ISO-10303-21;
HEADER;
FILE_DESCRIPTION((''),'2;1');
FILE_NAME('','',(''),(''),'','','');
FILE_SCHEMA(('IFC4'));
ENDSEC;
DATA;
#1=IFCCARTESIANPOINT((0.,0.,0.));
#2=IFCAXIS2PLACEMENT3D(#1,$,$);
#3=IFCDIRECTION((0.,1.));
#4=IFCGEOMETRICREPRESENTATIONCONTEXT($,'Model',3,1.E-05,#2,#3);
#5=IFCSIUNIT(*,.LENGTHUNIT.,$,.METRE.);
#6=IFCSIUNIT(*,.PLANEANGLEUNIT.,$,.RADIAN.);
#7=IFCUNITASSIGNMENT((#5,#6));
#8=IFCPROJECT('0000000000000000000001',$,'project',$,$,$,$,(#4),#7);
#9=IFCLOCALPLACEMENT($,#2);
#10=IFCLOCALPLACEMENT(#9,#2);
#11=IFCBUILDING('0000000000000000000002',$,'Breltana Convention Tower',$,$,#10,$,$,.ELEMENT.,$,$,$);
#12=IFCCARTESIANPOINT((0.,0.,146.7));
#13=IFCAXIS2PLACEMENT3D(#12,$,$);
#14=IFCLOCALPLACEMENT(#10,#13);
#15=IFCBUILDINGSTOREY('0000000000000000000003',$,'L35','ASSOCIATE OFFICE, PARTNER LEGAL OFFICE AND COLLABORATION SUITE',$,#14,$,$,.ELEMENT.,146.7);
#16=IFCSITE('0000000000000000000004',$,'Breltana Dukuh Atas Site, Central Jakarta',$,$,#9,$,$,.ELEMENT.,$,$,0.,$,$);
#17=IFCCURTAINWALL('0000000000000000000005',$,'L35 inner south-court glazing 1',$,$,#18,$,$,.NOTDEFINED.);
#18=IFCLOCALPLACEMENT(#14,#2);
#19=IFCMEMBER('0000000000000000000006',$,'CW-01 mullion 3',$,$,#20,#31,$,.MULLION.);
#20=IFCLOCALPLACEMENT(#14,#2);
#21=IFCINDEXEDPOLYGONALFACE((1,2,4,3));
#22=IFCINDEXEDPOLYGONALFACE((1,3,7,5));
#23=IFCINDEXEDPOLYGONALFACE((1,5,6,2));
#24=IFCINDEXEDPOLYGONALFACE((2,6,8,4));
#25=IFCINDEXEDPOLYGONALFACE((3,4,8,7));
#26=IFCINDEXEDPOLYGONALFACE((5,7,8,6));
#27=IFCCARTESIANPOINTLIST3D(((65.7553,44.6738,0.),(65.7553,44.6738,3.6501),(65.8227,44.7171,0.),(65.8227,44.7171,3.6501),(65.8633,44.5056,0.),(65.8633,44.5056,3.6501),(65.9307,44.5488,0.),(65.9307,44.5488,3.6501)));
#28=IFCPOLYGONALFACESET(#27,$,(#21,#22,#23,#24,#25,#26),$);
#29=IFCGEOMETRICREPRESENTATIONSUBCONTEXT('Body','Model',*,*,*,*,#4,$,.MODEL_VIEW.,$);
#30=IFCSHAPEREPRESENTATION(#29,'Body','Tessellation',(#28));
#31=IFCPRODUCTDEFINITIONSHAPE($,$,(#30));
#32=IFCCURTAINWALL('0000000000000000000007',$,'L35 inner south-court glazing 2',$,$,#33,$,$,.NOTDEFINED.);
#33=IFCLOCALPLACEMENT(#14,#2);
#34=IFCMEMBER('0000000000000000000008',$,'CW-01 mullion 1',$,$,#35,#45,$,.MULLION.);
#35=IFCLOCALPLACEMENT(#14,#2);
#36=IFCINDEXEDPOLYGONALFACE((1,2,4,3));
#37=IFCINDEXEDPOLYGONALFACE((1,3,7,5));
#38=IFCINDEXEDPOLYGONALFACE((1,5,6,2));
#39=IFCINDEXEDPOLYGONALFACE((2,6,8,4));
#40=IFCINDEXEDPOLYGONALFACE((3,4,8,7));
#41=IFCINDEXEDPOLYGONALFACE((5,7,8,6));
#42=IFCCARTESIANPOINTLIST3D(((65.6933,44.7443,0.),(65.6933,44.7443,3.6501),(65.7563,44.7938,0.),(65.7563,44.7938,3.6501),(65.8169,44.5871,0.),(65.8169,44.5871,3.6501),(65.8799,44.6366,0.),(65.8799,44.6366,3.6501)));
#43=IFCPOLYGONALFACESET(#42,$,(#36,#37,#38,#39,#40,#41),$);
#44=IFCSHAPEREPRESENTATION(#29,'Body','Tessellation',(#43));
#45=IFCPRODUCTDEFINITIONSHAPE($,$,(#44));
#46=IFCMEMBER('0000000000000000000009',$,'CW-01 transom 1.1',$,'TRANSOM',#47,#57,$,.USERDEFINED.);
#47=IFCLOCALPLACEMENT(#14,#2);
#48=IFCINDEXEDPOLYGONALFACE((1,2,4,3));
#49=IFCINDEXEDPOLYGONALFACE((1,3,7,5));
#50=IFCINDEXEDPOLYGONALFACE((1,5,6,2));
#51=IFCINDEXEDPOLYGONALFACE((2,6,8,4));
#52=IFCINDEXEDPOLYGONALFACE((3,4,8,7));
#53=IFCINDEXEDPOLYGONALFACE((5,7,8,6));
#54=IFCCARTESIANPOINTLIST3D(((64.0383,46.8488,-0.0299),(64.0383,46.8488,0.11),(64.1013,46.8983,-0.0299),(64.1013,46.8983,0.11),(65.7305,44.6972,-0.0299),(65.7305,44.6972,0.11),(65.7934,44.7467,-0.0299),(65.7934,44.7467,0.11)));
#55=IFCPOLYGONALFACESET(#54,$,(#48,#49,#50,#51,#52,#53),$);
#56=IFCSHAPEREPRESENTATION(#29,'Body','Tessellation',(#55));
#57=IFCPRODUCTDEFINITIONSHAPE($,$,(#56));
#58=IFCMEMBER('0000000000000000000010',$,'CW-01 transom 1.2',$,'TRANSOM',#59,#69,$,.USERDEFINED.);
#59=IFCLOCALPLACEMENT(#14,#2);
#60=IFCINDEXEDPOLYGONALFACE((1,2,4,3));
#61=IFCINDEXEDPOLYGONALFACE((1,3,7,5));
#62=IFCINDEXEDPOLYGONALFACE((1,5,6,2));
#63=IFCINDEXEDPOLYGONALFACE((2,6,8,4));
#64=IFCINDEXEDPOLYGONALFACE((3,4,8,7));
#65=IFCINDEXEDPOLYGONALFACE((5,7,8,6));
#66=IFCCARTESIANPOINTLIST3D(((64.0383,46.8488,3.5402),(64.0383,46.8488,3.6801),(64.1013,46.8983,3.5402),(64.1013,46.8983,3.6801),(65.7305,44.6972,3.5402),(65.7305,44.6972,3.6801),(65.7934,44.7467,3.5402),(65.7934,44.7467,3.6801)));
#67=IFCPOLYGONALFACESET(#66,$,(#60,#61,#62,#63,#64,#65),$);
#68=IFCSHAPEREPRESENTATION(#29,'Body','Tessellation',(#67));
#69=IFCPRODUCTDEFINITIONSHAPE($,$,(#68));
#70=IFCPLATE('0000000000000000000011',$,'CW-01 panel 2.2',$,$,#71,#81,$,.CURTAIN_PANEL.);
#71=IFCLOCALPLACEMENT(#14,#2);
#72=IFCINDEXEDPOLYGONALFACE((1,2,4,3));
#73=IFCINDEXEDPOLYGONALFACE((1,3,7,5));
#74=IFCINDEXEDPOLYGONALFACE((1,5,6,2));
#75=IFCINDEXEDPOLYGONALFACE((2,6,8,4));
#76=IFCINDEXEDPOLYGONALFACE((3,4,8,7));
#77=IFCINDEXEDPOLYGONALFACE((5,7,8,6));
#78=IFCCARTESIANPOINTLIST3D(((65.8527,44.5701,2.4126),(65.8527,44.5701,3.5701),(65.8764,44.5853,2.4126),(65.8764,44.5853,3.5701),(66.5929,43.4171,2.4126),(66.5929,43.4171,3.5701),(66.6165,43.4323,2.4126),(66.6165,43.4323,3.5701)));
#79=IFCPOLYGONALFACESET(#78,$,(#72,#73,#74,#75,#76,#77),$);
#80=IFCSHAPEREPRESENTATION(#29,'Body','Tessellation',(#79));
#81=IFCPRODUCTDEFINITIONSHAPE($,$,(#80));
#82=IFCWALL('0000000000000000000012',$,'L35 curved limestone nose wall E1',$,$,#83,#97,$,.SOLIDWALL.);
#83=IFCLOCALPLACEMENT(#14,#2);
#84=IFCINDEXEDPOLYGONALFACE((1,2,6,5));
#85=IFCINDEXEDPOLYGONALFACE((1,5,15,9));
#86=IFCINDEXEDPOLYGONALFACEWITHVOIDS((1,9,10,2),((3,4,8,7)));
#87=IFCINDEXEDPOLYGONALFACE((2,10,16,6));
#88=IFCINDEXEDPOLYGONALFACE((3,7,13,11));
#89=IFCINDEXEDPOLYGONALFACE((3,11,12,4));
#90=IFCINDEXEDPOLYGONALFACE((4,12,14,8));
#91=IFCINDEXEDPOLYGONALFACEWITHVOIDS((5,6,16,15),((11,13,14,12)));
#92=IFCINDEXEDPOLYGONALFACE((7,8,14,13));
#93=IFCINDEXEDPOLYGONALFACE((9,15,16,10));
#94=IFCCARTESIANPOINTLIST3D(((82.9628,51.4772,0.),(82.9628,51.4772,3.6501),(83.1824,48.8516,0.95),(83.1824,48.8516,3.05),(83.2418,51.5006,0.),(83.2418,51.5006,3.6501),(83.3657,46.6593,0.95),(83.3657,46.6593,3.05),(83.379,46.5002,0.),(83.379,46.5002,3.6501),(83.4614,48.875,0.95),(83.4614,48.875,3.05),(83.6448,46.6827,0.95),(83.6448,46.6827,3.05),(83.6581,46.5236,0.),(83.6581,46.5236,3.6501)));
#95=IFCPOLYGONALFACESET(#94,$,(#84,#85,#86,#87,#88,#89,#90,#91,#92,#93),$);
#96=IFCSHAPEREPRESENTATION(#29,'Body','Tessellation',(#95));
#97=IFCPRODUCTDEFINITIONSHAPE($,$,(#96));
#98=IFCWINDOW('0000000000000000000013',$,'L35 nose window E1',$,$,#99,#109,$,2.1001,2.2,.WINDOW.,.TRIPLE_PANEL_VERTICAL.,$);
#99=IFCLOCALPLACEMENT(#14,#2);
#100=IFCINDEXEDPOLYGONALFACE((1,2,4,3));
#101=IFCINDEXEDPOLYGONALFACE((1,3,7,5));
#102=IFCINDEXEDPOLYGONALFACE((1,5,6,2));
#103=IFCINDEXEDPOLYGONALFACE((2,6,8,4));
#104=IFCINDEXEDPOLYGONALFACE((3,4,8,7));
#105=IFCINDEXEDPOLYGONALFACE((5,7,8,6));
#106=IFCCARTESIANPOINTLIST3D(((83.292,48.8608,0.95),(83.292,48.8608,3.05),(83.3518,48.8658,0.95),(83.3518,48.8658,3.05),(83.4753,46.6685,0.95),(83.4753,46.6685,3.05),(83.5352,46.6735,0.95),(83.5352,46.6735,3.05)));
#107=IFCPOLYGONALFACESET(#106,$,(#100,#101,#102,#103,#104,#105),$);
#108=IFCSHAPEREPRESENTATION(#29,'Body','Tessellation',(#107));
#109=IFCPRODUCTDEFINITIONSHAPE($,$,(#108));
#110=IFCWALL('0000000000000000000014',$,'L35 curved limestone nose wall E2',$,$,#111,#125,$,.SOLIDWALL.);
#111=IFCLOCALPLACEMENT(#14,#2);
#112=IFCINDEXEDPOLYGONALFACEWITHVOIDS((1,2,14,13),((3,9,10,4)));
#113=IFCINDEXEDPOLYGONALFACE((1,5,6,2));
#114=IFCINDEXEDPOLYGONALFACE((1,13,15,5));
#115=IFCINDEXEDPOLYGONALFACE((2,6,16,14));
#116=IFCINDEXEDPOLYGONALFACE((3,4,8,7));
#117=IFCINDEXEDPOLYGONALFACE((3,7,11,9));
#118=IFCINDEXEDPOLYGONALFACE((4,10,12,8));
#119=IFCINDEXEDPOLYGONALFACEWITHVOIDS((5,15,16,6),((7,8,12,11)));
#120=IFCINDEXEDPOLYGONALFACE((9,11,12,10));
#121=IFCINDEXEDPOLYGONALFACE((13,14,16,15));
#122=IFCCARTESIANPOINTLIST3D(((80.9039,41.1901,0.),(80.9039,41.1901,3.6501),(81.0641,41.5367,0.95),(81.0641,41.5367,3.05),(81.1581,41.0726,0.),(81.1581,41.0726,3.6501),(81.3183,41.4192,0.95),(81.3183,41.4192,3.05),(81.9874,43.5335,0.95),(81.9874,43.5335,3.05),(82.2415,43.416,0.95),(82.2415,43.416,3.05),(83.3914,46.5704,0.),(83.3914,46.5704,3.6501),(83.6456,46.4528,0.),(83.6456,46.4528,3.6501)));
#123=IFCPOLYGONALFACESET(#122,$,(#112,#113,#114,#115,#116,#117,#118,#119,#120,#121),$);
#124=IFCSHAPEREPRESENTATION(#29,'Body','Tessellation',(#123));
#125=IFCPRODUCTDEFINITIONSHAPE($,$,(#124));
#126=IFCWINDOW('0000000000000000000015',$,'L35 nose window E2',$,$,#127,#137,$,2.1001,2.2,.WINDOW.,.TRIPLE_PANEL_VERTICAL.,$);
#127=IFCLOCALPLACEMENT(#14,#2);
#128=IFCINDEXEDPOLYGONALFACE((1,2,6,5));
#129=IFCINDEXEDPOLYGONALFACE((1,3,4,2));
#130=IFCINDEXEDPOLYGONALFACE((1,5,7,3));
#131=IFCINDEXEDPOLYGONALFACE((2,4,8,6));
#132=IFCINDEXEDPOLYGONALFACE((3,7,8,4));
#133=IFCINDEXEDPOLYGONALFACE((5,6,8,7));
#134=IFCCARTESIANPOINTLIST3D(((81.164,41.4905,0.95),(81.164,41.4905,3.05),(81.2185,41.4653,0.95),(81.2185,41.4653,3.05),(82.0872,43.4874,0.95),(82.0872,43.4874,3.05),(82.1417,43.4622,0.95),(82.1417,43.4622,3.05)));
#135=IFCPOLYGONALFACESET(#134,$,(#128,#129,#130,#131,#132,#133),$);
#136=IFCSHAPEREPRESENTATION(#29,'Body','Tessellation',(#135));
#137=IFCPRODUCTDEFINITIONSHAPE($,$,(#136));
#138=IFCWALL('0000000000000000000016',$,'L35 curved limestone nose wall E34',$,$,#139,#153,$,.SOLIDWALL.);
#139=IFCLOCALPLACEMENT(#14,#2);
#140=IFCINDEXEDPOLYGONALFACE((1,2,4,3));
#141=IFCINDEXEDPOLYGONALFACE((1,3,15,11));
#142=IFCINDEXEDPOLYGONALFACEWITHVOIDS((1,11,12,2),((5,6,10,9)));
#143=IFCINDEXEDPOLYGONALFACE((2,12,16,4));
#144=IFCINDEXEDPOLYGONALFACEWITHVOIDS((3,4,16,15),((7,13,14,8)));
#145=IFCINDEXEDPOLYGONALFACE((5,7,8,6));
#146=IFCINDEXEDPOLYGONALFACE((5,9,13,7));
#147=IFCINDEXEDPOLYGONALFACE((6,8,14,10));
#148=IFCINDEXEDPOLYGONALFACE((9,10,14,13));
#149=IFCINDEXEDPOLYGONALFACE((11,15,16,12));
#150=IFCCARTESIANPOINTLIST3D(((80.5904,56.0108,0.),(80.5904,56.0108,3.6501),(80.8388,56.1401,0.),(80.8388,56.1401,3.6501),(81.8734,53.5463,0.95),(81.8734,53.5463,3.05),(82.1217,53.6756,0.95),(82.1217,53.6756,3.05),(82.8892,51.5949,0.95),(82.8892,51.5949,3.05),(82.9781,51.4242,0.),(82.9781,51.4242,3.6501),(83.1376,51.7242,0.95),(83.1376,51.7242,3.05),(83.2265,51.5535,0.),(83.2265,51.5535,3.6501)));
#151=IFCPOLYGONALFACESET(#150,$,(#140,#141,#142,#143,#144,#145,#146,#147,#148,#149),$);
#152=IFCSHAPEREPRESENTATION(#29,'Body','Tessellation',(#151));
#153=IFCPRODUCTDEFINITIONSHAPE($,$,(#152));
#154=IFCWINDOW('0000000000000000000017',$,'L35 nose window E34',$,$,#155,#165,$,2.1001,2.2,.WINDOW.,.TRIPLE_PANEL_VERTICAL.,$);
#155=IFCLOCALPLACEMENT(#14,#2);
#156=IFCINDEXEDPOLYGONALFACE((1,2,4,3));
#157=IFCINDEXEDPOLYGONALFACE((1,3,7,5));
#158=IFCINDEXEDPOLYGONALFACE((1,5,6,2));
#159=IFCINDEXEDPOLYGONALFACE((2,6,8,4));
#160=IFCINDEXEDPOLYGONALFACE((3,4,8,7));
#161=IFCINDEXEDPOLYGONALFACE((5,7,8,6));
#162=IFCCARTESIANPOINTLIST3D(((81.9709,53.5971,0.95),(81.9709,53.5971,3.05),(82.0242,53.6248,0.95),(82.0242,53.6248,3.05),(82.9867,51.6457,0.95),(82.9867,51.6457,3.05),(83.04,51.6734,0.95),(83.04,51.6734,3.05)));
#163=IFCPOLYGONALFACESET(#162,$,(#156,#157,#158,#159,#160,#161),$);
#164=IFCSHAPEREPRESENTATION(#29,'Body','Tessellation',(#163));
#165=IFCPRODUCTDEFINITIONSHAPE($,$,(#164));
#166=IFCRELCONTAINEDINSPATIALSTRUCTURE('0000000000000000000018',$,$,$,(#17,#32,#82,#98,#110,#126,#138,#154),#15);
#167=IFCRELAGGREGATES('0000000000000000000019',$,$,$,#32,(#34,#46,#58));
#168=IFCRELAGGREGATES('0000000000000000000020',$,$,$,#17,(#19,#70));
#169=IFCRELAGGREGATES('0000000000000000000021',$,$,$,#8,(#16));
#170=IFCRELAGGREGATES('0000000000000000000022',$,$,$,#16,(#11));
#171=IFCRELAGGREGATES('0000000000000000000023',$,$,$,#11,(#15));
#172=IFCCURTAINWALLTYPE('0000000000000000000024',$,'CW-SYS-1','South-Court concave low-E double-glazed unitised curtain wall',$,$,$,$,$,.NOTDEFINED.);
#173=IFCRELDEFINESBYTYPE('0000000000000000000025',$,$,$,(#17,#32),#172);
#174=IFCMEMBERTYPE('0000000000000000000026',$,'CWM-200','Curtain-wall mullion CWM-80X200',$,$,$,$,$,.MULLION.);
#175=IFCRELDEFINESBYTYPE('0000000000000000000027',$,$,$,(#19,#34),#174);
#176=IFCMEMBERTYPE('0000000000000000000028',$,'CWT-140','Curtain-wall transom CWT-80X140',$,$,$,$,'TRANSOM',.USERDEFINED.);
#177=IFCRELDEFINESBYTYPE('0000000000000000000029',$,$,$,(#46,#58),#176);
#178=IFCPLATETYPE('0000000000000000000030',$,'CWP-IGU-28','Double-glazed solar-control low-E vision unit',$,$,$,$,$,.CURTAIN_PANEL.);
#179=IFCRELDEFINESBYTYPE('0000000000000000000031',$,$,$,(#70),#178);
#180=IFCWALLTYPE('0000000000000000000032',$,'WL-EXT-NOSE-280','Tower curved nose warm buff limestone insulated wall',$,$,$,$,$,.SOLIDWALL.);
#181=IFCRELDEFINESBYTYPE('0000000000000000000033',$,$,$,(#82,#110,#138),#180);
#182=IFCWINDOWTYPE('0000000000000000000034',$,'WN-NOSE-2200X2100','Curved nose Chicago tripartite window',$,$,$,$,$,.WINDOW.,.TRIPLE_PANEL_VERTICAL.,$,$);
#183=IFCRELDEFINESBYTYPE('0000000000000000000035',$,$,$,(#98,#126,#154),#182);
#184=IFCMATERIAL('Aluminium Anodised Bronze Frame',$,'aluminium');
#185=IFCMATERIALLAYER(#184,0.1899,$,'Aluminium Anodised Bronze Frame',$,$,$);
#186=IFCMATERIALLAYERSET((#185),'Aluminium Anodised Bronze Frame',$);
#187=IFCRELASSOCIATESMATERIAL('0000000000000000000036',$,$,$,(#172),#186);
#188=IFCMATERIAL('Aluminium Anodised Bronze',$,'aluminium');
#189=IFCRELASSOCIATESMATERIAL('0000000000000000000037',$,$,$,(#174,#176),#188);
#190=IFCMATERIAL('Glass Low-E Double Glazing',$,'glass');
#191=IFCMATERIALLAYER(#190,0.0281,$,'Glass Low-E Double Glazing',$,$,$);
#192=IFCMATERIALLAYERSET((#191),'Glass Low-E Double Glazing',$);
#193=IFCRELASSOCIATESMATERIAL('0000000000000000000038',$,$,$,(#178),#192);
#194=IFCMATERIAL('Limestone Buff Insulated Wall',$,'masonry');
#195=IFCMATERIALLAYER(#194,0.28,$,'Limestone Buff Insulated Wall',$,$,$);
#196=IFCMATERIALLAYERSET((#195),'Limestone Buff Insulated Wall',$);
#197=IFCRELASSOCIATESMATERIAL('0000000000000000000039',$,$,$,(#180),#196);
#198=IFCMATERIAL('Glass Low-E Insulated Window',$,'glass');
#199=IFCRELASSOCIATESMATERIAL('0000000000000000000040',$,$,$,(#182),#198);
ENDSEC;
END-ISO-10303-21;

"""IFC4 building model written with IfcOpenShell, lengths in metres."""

from ifc_helpers import new_model, si_unit, direction, frame, frame_2d, origin, origin_2d, place, context, subcontext, project, spatial, rectangle, extrude, source, transform, mapped, material, layer, layer_set, material_profile, profile_set, type_object, type_shapes, element, fill, aggregate, save


model = new_model("IFC4")

# Units and contexts
model_context = context("Model", 3, precision=1e-05, world=origin(), true_north=direction((0.0, 1.0)))
body_context = subcontext(model_context, "Body", "Model", "MODEL_VIEW")
ifc_project = project(units=[si_unit("LENGTHUNIT", "METRE"), si_unit("PLANEANGLEUNIT", "RADIAN")], contexts=[model_context])

# Site, building, storey
site_placement = place(None, origin())
site = spatial("IfcSite", under=ifc_project, at=site_placement, Name="Breltana Dukuh Atas Site, Central Jakarta", CompositionType="ELEMENT", RefElevation=0.0)
building_placement = place(site_placement, origin())
building = spatial("IfcBuilding", under=site, at=building_placement, Name="Breltana Convention Tower", CompositionType="ELEMENT")
storey_placement = place(building_placement, frame((0.0, 0.0, 146.7)))
storey = spatial("IfcBuildingStorey", under=building, at=storey_placement, Name="L35", Description="ASSOCIATE OFFICE, PARTNER LEGAL OFFICE AND COLLABORATION SUITE", CompositionType="ELEMENT", Elevation=146.7)

# Curtain wall, member
ifc_material_1 = material(Name="Aluminium Anodised Bronze Frame", Category="aluminium")
ifc_layer_1 = layer(ifc_material_1, 0.1899, Name="Aluminium Anodised Bronze Frame")
ifc_layer_set_1 = layer_set([ifc_layer_1], Name="Aluminium Anodised Bronze Frame")
curtain_wall_type = type_object("IfcCurtainWallType", Name="CW-SYS-1", Description="South-Court concave low-E double-glazed unitised curtain wall", PredefinedType="NOTDEFINED", material=ifc_layer_set_1)
curtain_wall_1_placement = place(storey_placement, origin())
curtain_wall_1 = element("IfcCurtainWall", 1, at=curtain_wall_1_placement, inside=storey, type_object=curtain_wall_type, Name="L35 inner south-court glazing 1", PredefinedType="NOTDEFINED")
ifc_material_2 = material(Name="Aluminium Anodised Bronze", Category="aluminium")
ifc_material_profile_1 = material_profile(ifc_material_2, rectangle(XDim=0.0801, YDim=0.2, at=origin_2d()), Name="CWM-80X200")
ifc_profile_set_1 = profile_set([ifc_material_profile_1], Name="Aluminium Anodised Bronze")
member_type_1 = type_object("IfcMemberType", Name="CWM-200", Description="Curtain-wall mullion CWM-80X200", PredefinedType="MULLION", material=ifc_profile_set_1)
shared_shape_1 = source(origin(), body_context, "Body", "SweptSolid", [
    extrude(rectangle(XDim=0.0801, YDim=0.2, at=origin_2d()), origin(), (0.0, 0.0, 1.0), 3.6501),
])
member_1_placement = place(storey_placement, frame((65.843, 44.6113, 0.0), z_axis=(0.0, 0.0, 1.0), x_axis=(-0.841547, -0.540184, 0.0)))
member_1 = element("IfcMember", 2, at=member_1_placement, type_object=member_type_1, Name="CW-01 mullion 3", PredefinedType="MULLION", context=body_context, shape_type="MappedRepresentation", body=[
    mapped(shared_shape_1, transform((0.0, 0.0, 0.0), scale=1.0)),
])

# Curtain wall, members
curtain_wall_2_placement = place(storey_placement, origin())
curtain_wall_2 = element("IfcCurtainWall", 3, at=curtain_wall_2_placement, inside=storey, type_object=curtain_wall_type, Name="L35 inner south-court glazing 2", PredefinedType="NOTDEFINED")
member_2_placement = place(storey_placement, frame((65.7866, 44.6904, 0.0), z_axis=(0.0, 0.0, 1.0), x_axis=(-0.786051, -0.618161, 0.0)))
member_2 = element("IfcMember", 4, at=member_2_placement, type_object=member_type_1, Name="CW-01 mullion 1", PredefinedType="MULLION", context=body_context, shape_type="MappedRepresentation", body=[
    mapped(shared_shape_1, transform((0.0, 0.0, 0.0), scale=1.0)),
])
ifc_material_profile_2 = material_profile(ifc_material_2, rectangle(XDim=0.0801, YDim=0.1399, at=origin_2d()), Name="CWT-80X140")
ifc_profile_set_2 = profile_set([ifc_material_profile_2], Name="Aluminium Anodised Bronze")
member_type_2 = type_object("IfcMemberType", Name="CWT-140", Description="Curtain-wall transom CWT-80X140", ElementType="TRANSOM", PredefinedType="USERDEFINED", material=ifc_profile_set_2)
shared_shape_2 = source(origin(), body_context, "Body", "SweptSolid", [
    extrude(rectangle(XDim=0.0801, YDim=0.1399, at=origin_2d()), origin(), (0.0, 0.0, 1.0), 2.7373),
])
member_3_placement = place(storey_placement, frame((65.762, 44.7219, 0.04), z_axis=(-0.61818, 0.786037, 0.0), x_axis=(-0.786037, -0.61818, 0.0)))
member_3 = element("IfcMember", 5, at=member_3_placement, type_object=member_type_2, Name="CW-01 transom 1.1", ObjectType="TRANSOM", PredefinedType="USERDEFINED", context=body_context, shape_type="MappedRepresentation", body=[
    mapped(shared_shape_2, transform((0.0, 0.0, 0.0), scale=1.0)),
])
member_4_placement = place(storey_placement, frame((65.762, 44.7219, 3.6101), z_axis=(-0.61818, 0.786037, 0.0), x_axis=(-0.786037, -0.61818, 0.0)))
member_4 = element("IfcMember", 6, at=member_4_placement, type_object=member_type_2, Name="CW-01 transom 1.2", ObjectType="TRANSOM", PredefinedType="USERDEFINED", context=body_context, shape_type="MappedRepresentation", body=[
    mapped(shared_shape_2, transform((0.0, 0.0, 0.0), scale=1.0)),
])
aggregate(curtain_wall_2, [member_2, member_3, member_4])

# Plate
ifc_material_3 = material(Name="Glass Low-E Double Glazing", Category="glass")
ifc_layer_2 = layer(ifc_material_3, 0.0281, Name="Glass Low-E Double Glazing")
ifc_layer_set_2 = layer_set([ifc_layer_2], Name="Glass Low-E Double Glazing")
plate_type = type_object("IfcPlateType", Name="CWP-IGU-28", Description="Double-glazed solar-control low-E vision unit", PredefinedType="CURTAIN_PANEL", material=ifc_layer_set_2)
shared_shape_3 = source(origin(), body_context, "Body", "SweptSolid", [
    extrude(rectangle(XDim=1.3701, YDim=0.0281, at=origin_2d()), origin(), (0.0, 0.0, 1.0), 1.1575),
])
plate_placement = place(storey_placement, frame((66.2346, 44.0012, 2.4126), z_axis=(0.0, 0.0, 1.0), x_axis=(-0.540184, 0.841547, 0.0)))
plate = element("IfcPlate", 7, at=plate_placement, type_object=plate_type, Name="CW-01 panel 2.2", PredefinedType="CURTAIN_PANEL", context=body_context, shape_type="MappedRepresentation", body=[
    mapped(shared_shape_3, transform((0.0, 0.0, 0.0), scale=1.0)),
])
aggregate(curtain_wall_1, [member_1, plate])

# Walls, openings, windows
ifc_material_4 = material(Name="Limestone Buff Insulated Wall", Category="masonry")
ifc_layer_3 = layer(ifc_material_4, 0.28, Name="Limestone Buff Insulated Wall")
ifc_layer_set_3 = layer_set([ifc_layer_3], Name="Limestone Buff Insulated Wall")
wall_type_1 = type_object("IfcWallType", Name="WL-EXT-NOSE-280", Description="Tower curved nose warm buff limestone insulated wall", PredefinedType="SOLIDWALL", material=ifc_layer_set_3)
shared_shape_4 = source(origin(), body_context, "Body", "SweptSolid", [
    extrude(rectangle(XDim=4.9944, YDim=0.28, at=frame_2d((2.4971, 0.0))), origin(), (0.0, 0.0, 1.0), 3.6501),
])
wall_1_placement = place(storey_placement, frame((83.1023, 51.4888, 0.0), z_axis=(0.0, 0.0, 1.0), x_axis=(0.083345, -0.996521, 0.0)))
wall_1 = element("IfcWall", 8, at=wall_1_placement, inside=storey, type_object=wall_type_1, Name="L35 curved limestone nose wall E1", PredefinedType="SOLIDWALL", context=body_context, shape_type="MappedRepresentation", body=[
    mapped(shared_shape_4, transform((0.0, 0.0, 0.0), scale=1.0)),
])
opening_1_placement = place(wall_1_placement, frame((2.6345, 0.0, 0.95)))
opening_1 = element("IfcOpeningElement", 9, at=opening_1_placement, cuts=wall_1, PredefinedType="OPENING", context=body_context, shape_type="SweptSolid", body=[
    extrude(rectangle(XDim=2.2, YDim=2.1001, at=frame_2d((1.1001, 1.05))), frame((0.0, 0.1499, 0.0), z_axis=(0.0, -1.0, 0.0), x_axis=(1.0, 0.0, 0.0)), (0.0, 0.0, 1.0), 0.3),
])
ifc_material_5 = material(Name="Glass Low-E Insulated Window", Category="glass")
window_type = type_object("IfcWindowType", Name="WN-NOSE-2200X2100", Description="Curved nose Chicago tripartite window", PartitioningType="TRIPLE_PANEL_VERTICAL", PredefinedType="WINDOW", material=ifc_material_5)
shared_shape_5 = source(origin(), body_context, "Body", "SweptSolid", [
    extrude(rectangle(XDim=2.2, YDim=2.1001, at=frame_2d((1.1001, 1.05))), frame((0.0, 0.03, 0.0), z_axis=(0.0, -1.0, 0.0), x_axis=(1.0, 0.0, 0.0)), (0.0, 0.0, 1.0), 0.0601),
])
type_shapes(window_type, [shared_shape_5])
window_1_placement = place(opening_1_placement, origin())
window_1 = element("IfcWindow", 10, at=window_1_placement, inside=storey, type_object=window_type, Name="L35 nose window E1", OverallHeight=2.1001, OverallWidth=2.2, PartitioningType="TRIPLE_PANEL_VERTICAL", PredefinedType="WINDOW", context=body_context, shape_type="MappedRepresentation", body=[
    mapped(shared_shape_5, transform((0.0, 0.0, 0.0), scale=1.0)),
])
fill(opening_1, window_1)
shared_shape_6 = source(origin(), body_context, "Body", "SweptSolid", [
    extrude(rectangle(XDim=5.9275, YDim=0.28, at=frame_2d((2.9639, 0.0))), origin(), (0.0, 0.0, 1.0), 3.6501),
])
wall_2_placement = place(storey_placement, frame((83.5186, 46.5117, 0.0), z_axis=(0.0, 0.0, 1.0), x_axis=(-0.419656, -0.907683, 0.0)))
wall_2 = element("IfcWall", 11, at=wall_2_placement, inside=storey, type_object=wall_type_1, Name="L35 curved limestone nose wall E2", PredefinedType="SOLIDWALL", context=body_context, shape_type="MappedRepresentation", body=[
    mapped(shared_shape_6, transform((0.0, 0.0, 0.0), scale=1.0)),
])
opening_2_placement = place(wall_2_placement, frame((3.3457, 0.0, 0.95)))
opening_2 = element("IfcOpeningElement", 12, at=opening_2_placement, cuts=wall_2, PredefinedType="OPENING", context=body_context, shape_type="SweptSolid", body=[
    extrude(rectangle(XDim=2.2, YDim=2.1001, at=frame_2d((1.1001, 1.05))), frame((0.0, 0.1499, 0.0), z_axis=(0.0, -1.0, 0.0), x_axis=(1.0, 0.0, 0.0)), (0.0, 0.0, 1.0), 0.3),
])
window_2_placement = place(opening_2_placement, origin())
window_2 = element("IfcWindow", 13, at=window_2_placement, inside=storey, type_object=window_type, Name="L35 nose window E2", OverallHeight=2.1001, OverallWidth=2.2, PartitioningType="TRIPLE_PANEL_VERTICAL", PredefinedType="WINDOW", context=body_context, shape_type="MappedRepresentation", body=[
    mapped(shared_shape_5, transform((0.0, 0.0, 0.0), scale=1.0)),
])
fill(opening_2, window_2)
shared_shape_7 = source(origin(), body_context, "Body", "SweptSolid", [
    extrude(rectangle(XDim=5.1709, YDim=0.28, at=frame_2d((2.5854, 0.0))), origin(), (0.0, 0.0, 1.0), 3.6501),
])
wall_3_placement = place(storey_placement, frame((80.7146, 56.0754, 0.0), z_axis=(0.0, 0.0, 1.0), x_axis=(0.461753, -0.887009, 0.0)))
wall_3 = element("IfcWall", 14, at=wall_3_placement, inside=storey, type_object=wall_type_1, Name="L35 curved limestone nose wall E34", PredefinedType="SOLIDWALL", context=body_context, shape_type="MappedRepresentation", body=[
    mapped(shared_shape_7, transform((0.0, 0.0, 0.0), scale=1.0)),
])
opening_3_placement = place(wall_3_placement, frame((2.7783, 0.0, 0.95)))
opening_3 = element("IfcOpeningElement", 15, at=opening_3_placement, cuts=wall_3, PredefinedType="OPENING", context=body_context, shape_type="SweptSolid", body=[
    extrude(rectangle(XDim=2.2, YDim=2.1001, at=frame_2d((1.1001, 1.05))), frame((0.0, 0.1499, 0.0), z_axis=(0.0, -1.0, 0.0), x_axis=(1.0, 0.0, 0.0)), (0.0, 0.0, 1.0), 0.3),
])
window_3_placement = place(opening_3_placement, origin())
window_3 = element("IfcWindow", 16, at=window_3_placement, inside=storey, type_object=window_type, Name="L35 nose window E34", OverallHeight=2.1001, OverallWidth=2.2, PartitioningType="TRIPLE_PANEL_VERTICAL", PredefinedType="WINDOW", context=body_context, shape_type="MappedRepresentation", body=[
    mapped(shared_shape_5, transform((0.0, 0.0, 0.0), scale=1.0)),
])
fill(opening_3, window_3)

save(model, "model.ifc")
